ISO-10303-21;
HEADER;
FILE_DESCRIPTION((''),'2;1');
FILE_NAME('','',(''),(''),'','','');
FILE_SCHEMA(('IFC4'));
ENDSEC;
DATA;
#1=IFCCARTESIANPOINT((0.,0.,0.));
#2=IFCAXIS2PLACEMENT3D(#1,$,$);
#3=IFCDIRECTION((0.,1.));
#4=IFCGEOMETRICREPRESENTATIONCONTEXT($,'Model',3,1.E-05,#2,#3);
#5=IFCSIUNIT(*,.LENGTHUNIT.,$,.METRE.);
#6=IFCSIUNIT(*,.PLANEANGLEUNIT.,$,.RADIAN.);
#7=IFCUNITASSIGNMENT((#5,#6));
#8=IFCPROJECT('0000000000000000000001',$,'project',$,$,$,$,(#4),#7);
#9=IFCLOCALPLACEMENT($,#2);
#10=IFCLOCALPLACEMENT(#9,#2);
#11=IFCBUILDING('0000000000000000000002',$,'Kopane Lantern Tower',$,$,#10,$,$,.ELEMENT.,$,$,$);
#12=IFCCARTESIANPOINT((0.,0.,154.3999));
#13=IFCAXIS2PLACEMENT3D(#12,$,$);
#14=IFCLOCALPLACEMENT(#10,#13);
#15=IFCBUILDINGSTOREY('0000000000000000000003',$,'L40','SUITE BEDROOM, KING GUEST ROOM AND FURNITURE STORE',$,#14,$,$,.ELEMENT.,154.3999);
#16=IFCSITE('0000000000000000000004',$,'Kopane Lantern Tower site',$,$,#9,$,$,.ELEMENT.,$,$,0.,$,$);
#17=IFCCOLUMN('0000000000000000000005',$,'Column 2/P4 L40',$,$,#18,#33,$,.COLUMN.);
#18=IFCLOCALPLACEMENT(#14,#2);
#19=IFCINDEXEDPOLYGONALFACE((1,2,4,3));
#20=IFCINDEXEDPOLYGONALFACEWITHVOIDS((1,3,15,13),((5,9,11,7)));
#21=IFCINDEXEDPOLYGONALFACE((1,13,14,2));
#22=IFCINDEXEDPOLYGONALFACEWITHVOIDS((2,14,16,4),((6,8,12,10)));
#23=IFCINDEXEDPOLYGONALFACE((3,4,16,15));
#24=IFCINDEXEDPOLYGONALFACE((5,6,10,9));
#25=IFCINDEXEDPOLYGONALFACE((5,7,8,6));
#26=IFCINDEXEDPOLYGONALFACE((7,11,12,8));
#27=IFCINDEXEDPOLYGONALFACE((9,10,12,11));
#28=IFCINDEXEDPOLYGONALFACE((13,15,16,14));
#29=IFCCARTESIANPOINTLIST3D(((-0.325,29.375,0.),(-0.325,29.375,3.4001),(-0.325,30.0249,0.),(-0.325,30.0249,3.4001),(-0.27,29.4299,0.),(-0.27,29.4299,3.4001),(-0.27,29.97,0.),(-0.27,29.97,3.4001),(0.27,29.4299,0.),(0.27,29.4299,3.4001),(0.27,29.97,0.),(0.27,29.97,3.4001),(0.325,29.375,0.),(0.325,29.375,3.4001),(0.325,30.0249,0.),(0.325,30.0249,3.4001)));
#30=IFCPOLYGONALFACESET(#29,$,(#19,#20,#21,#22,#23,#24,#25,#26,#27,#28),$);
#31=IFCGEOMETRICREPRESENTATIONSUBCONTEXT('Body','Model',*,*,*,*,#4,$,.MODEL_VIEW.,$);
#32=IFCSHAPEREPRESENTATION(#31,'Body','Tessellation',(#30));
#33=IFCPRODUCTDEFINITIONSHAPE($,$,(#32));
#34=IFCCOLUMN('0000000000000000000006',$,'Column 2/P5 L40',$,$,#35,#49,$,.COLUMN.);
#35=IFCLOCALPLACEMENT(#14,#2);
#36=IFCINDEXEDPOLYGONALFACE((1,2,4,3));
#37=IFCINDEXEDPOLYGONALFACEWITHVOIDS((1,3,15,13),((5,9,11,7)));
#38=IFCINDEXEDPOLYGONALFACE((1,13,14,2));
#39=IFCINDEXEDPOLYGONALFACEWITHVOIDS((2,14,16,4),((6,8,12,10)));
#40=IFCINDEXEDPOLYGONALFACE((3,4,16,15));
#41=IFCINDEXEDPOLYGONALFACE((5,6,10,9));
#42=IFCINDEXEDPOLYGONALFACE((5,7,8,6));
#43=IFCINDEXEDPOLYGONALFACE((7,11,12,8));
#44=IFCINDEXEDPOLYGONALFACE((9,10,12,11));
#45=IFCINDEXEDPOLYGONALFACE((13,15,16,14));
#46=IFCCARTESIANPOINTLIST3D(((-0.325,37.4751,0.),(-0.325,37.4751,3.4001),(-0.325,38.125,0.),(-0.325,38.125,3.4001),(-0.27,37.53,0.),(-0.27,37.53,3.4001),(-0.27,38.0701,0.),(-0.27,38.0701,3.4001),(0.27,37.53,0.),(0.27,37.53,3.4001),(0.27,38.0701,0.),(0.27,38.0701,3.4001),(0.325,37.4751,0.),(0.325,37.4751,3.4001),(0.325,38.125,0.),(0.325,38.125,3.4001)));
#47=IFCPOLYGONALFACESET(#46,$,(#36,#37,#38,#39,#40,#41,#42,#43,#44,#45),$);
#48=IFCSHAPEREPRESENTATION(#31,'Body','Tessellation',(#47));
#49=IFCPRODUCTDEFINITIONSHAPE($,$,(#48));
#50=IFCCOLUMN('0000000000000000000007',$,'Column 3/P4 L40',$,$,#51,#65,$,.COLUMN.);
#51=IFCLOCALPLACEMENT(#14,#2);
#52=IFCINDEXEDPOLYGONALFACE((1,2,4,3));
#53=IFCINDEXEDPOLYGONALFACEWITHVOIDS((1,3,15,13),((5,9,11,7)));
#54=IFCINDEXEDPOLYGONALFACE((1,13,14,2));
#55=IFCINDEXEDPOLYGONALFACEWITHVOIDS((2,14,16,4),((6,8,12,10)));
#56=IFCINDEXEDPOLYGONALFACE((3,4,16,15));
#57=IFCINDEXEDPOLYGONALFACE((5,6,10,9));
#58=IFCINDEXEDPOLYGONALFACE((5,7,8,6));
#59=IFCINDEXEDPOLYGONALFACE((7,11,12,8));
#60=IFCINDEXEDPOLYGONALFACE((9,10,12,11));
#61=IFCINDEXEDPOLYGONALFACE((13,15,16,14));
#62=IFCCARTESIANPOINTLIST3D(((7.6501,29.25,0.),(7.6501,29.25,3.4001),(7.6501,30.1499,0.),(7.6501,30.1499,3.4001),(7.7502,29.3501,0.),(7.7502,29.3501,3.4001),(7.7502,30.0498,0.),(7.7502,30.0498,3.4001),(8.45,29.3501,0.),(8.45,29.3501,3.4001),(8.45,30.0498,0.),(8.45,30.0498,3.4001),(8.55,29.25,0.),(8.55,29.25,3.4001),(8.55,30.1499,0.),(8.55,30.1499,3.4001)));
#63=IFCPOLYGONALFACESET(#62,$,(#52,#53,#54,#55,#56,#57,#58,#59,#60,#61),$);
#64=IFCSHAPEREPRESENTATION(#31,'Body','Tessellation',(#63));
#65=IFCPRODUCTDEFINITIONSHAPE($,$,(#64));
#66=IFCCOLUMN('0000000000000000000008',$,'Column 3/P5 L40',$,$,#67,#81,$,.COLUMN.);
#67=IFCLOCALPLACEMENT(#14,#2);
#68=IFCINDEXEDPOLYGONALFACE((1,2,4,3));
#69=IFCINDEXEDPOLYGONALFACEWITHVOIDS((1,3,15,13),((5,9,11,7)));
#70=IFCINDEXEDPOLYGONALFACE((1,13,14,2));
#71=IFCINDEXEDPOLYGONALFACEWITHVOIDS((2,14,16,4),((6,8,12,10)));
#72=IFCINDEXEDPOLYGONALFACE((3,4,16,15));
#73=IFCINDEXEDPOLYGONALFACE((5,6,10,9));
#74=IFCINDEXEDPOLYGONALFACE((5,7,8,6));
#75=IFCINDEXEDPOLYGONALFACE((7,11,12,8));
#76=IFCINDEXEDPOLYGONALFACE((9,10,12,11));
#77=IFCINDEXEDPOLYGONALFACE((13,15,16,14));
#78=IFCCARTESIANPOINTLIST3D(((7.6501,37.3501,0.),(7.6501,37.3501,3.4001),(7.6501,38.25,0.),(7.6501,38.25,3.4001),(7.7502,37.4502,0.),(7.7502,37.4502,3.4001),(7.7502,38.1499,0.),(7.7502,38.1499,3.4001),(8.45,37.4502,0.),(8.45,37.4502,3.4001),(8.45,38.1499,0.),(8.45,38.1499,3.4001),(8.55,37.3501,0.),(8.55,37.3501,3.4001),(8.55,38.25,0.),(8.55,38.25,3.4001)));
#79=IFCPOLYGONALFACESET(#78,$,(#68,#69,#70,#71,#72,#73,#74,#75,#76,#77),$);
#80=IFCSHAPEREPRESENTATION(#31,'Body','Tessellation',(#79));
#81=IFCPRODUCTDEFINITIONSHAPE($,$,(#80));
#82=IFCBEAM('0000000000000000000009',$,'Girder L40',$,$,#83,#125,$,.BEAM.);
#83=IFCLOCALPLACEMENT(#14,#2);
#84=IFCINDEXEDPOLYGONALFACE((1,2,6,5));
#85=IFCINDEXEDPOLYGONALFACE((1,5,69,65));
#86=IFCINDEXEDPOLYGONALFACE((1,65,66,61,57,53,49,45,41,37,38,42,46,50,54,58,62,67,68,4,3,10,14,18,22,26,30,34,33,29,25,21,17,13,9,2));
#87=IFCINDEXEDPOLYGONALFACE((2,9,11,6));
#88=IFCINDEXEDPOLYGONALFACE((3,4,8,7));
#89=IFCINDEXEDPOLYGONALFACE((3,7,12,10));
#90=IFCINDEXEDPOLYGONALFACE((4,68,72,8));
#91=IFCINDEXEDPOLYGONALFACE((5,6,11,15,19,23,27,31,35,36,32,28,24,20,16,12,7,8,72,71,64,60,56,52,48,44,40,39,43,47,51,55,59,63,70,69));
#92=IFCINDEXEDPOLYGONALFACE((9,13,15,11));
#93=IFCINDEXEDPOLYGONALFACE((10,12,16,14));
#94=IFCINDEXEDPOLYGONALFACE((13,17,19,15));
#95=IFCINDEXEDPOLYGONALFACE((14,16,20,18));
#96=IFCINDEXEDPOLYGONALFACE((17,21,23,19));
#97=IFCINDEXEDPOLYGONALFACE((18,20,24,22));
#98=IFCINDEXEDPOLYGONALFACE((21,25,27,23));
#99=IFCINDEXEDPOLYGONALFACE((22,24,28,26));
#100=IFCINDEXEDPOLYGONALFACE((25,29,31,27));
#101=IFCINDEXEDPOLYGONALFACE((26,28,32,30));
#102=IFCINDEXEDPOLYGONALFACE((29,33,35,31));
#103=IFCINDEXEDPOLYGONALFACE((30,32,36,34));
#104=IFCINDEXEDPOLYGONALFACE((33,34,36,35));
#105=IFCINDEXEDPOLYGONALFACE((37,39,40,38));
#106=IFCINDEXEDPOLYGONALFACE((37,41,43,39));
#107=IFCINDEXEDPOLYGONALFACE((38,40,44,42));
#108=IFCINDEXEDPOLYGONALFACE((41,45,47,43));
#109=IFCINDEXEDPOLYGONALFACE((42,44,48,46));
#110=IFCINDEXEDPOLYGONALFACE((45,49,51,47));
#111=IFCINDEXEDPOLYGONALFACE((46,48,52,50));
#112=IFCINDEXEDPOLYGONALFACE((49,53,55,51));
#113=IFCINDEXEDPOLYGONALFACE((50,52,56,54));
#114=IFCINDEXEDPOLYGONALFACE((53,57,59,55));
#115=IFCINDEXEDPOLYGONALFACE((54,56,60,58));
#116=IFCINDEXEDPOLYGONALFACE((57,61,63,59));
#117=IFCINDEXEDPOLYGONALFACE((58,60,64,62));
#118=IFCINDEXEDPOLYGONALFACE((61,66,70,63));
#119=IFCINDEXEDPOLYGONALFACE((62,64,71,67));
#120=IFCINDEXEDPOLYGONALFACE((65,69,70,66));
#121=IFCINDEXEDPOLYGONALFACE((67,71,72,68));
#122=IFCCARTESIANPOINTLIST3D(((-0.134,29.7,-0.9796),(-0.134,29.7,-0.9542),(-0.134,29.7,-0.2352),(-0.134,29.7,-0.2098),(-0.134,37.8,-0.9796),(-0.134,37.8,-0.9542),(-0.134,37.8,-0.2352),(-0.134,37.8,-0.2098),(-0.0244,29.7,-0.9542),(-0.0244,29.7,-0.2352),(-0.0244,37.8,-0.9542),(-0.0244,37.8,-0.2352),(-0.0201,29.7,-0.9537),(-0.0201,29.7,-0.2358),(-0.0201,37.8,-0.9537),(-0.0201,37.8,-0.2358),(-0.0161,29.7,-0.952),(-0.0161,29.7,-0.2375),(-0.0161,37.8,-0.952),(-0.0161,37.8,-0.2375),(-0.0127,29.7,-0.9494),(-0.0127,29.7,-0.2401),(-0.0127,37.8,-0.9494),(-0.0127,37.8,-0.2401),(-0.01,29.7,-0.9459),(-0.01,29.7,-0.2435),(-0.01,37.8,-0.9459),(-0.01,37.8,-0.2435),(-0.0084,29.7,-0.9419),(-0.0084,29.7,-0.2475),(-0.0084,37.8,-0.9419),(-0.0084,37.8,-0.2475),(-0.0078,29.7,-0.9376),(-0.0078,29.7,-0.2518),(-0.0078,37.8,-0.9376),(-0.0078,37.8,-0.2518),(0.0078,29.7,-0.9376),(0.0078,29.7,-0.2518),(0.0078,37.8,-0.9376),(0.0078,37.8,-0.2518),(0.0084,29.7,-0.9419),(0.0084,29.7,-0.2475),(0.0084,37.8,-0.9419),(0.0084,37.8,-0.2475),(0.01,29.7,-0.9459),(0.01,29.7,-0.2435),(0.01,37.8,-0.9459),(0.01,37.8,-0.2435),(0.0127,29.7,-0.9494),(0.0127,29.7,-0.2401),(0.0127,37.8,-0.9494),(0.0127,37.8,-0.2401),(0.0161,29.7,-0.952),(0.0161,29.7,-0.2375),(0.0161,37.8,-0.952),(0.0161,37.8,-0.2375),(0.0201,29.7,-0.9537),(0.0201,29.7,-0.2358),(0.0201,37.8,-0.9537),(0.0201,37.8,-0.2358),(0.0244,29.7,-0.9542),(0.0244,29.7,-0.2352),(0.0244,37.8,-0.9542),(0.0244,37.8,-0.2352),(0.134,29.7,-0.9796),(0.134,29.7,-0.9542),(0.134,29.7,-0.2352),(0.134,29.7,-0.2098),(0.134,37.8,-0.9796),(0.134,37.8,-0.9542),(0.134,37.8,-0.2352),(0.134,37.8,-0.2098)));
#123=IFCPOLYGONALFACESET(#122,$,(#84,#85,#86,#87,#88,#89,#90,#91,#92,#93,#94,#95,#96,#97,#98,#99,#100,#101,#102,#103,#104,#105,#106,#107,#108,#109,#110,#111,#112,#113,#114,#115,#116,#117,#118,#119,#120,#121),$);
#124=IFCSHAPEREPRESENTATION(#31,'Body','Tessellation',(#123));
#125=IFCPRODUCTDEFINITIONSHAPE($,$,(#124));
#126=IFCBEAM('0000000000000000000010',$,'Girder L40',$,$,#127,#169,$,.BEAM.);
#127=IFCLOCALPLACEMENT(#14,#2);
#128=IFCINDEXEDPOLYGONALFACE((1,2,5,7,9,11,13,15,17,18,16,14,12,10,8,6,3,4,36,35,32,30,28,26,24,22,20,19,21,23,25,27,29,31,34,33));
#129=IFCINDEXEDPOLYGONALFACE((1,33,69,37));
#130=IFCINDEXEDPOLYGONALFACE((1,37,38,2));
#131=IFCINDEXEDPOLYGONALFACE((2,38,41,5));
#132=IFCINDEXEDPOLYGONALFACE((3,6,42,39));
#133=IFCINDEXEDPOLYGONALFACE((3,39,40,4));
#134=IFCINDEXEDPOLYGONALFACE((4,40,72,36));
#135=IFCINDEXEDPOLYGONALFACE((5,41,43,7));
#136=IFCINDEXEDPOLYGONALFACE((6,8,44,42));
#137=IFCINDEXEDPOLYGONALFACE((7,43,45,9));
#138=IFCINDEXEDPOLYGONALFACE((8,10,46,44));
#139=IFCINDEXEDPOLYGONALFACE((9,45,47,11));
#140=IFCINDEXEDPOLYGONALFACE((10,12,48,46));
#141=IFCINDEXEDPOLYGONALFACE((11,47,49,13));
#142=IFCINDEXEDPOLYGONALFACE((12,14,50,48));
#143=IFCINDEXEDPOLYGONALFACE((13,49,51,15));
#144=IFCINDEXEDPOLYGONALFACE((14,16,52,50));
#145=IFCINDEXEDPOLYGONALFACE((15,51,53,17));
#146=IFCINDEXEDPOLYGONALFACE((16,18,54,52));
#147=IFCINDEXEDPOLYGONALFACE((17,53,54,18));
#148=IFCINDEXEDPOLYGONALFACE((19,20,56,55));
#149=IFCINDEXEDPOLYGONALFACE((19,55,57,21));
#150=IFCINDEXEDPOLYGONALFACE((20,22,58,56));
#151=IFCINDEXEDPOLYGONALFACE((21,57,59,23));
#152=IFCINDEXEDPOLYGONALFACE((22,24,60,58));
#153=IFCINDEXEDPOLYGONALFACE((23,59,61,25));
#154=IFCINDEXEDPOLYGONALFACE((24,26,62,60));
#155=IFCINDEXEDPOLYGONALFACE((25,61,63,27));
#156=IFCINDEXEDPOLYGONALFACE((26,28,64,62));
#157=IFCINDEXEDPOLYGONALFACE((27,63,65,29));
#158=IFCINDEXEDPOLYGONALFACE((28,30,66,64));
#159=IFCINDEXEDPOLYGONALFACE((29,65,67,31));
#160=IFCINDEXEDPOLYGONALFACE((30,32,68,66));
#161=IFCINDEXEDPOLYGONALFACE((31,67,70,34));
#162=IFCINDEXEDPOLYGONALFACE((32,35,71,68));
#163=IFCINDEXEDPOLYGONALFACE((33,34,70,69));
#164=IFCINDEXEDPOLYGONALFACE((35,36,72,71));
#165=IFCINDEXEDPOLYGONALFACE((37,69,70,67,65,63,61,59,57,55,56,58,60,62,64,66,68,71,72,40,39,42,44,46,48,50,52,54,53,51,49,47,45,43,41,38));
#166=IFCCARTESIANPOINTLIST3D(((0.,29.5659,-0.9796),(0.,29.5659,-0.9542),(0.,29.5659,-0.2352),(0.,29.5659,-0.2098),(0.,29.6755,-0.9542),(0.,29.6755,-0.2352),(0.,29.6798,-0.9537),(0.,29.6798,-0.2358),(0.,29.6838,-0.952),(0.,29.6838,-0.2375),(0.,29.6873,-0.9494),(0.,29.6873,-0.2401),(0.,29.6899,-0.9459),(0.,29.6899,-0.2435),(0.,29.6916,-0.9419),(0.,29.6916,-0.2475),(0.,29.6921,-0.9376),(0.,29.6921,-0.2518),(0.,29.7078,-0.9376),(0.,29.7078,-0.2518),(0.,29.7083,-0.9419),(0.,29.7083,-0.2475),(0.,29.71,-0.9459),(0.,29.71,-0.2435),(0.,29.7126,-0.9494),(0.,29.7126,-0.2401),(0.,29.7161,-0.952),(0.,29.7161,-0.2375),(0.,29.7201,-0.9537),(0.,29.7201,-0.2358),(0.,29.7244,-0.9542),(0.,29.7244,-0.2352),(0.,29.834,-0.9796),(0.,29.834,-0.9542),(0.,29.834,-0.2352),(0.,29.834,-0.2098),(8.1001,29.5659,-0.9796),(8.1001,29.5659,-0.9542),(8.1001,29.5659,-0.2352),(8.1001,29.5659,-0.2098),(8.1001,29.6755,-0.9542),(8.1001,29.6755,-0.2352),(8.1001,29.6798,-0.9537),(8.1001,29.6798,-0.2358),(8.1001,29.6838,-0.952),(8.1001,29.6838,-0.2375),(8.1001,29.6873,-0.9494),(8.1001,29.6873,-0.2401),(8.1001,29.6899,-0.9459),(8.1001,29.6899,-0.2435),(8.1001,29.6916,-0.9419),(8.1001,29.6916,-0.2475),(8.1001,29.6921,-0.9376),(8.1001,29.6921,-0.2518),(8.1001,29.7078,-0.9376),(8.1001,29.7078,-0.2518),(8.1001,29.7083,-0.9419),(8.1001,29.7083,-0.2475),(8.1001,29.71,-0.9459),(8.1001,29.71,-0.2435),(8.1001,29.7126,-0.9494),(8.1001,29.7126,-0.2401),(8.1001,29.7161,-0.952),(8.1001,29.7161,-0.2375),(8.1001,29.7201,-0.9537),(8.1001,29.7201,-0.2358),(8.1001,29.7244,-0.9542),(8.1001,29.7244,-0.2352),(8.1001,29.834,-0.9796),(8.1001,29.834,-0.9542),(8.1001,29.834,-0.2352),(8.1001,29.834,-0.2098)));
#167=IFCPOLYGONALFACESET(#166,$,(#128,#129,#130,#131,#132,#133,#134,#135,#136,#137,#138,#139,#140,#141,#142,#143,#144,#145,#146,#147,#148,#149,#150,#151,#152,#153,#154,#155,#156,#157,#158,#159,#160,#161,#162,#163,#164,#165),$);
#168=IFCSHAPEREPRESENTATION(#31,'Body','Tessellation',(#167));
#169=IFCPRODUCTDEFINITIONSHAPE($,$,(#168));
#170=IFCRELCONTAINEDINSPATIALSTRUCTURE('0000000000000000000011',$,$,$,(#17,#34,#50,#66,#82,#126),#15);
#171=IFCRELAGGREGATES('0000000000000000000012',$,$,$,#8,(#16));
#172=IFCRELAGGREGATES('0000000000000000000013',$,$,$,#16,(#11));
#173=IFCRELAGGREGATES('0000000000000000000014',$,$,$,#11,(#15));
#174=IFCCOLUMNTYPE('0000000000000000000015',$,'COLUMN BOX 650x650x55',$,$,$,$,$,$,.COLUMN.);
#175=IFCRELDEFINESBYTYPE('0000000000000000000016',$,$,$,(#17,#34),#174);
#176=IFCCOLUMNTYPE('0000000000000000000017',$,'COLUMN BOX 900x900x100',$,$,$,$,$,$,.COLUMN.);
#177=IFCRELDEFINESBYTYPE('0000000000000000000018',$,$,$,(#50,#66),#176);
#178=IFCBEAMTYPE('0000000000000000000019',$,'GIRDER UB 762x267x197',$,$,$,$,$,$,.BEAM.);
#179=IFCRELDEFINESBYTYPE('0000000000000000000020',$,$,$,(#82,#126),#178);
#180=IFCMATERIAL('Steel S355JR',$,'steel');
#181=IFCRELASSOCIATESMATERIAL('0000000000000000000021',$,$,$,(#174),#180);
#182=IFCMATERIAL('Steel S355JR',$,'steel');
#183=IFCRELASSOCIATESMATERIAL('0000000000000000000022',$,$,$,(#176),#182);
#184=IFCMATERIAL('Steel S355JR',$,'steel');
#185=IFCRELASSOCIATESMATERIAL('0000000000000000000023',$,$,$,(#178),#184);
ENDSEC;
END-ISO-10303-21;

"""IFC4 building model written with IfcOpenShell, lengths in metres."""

from ifc_helpers import new_model, si_unit, direction, frame, origin, origin_2d, place, context, subcontext, project, spatial, hollow_rectangle, i_section, extrude, material, material_profile, profile_set, type_object, element, save


model = new_model("IFC4")

# Units and contexts
model_context = context("Model", 3, precision=1e-05, world=origin(), true_north=direction((0.0, 1.0)))
body_context = subcontext(model_context, "Body", "Model", "MODEL_VIEW")
ifc_project = project(units=[si_unit("LENGTHUNIT", "METRE"), si_unit("PLANEANGLEUNIT", "RADIAN")], contexts=[model_context])

# Site, building, storey
site_placement = place(None, origin())
site = spatial("IfcSite", under=ifc_project, at=site_placement, Name="Kopane Lantern Tower site", CompositionType="ELEMENT", RefElevation=0.0)
building_placement = place(site_placement, origin())
building = spatial("IfcBuilding", under=site, at=building_placement, Name="Kopane Lantern Tower", CompositionType="ELEMENT")
storey_placement = place(building_placement, frame((0.0, 0.0, 154.3999)))
storey = spatial("IfcBuildingStorey", under=building, at=storey_placement, Name="L40", Description="SUITE BEDROOM, KING GUEST ROOM AND FURNITURE STORE", CompositionType="ELEMENT", Elevation=154.3999)

# Columns
ifc_material_1 = material(Name="Steel S355JR", Category="steel")
ifc_material_profile_1 = material_profile(ifc_material_1, hollow_rectangle(XDim=0.6499, YDim=0.6499, WallThickness=0.0549, at=origin_2d()), Name="BOX 650x650x55")
ifc_profile_set_1 = profile_set([ifc_material_profile_1], Name="Steel S355JR")
column_type_1 = type_object("IfcColumnType", Name="COLUMN BOX 650x650x55", PredefinedType="COLUMN", material=ifc_profile_set_1)
for number, where, z_axis, x_axis, name in (
    (1, (0.0, 29.7, 0.0), (0.0, 0.0, 1.0), (1.0, 0.0, 0.0), "Column 2/P4 L40"),
    (2, (0.0, 37.8, 0.0), (0.0, 0.0, 1.0), (1.0, 0.0, 0.0), "Column 2/P5 L40"),
):
    element("IfcColumn", number, at=place(storey_placement, frame(where, z_axis=z_axis, x_axis=x_axis)), inside=storey, type_object=column_type_1, Name=name, PredefinedType="COLUMN", context=body_context, shape_type="SweptSolid", body=[
        extrude(hollow_rectangle(XDim=0.6499, YDim=0.6499, WallThickness=0.0549, at=origin_2d()), origin(), (0.0, 0.0, 1.0), 3.4001),
    ])
ifc_material_2 = material(Name="Steel S355JR", Category="steel")
ifc_material_profile_2 = material_profile(ifc_material_2, hollow_rectangle(XDim=0.8999, YDim=0.8999, WallThickness=0.1001, at=origin_2d()), Name="BOX 900x900x100")
ifc_profile_set_2 = profile_set([ifc_material_profile_2], Name="Steel S355JR")
column_type_2 = type_object("IfcColumnType", Name="COLUMN BOX 900x900x100", PredefinedType="COLUMN", material=ifc_profile_set_2)
for number, where, z_axis, x_axis, name in (
    (3, (8.1001, 29.7, 0.0), (0.0, 0.0, 1.0), (1.0, 0.0, 0.0), "Column 3/P4 L40"),
    (4, (8.1001, 37.8, 0.0), (0.0, 0.0, 1.0), (1.0, 0.0, 0.0), "Column 3/P5 L40"),
):
    element("IfcColumn", number, at=place(storey_placement, frame(where, z_axis=z_axis, x_axis=x_axis)), inside=storey, type_object=column_type_2, Name=name, PredefinedType="COLUMN", context=body_context, shape_type="SweptSolid", body=[
        extrude(hollow_rectangle(XDim=0.8999, YDim=0.8999, WallThickness=0.1001, at=origin_2d()), origin(), (0.0, 0.0, 1.0), 3.4001),
    ])

# Beams
ifc_material_3 = material(Name="Steel S355JR", Category="steel")
ifc_material_profile_3 = material_profile(ifc_material_3, i_section(OverallWidth=0.2681, OverallDepth=0.7698, WebThickness=0.0156, FlangeThickness=0.0254, FilletRadius=0.0166, at=origin_2d()), Name="UB 762x267x197")
ifc_profile_set_3 = profile_set([ifc_material_profile_3], Name="Steel S355JR")
beam_type = type_object("IfcBeamType", Name="GIRDER UB 762x267x197", PredefinedType="BEAM", material=ifc_profile_set_3)
for number, where, z_axis, x_axis, name in (
    (5, (0.0, 29.7, -0.5947), (0.0, 1.0, 0.0), (-1.0, 0.0, 0.0), "Girder L40"),
    (6, (0.0, 29.7, -0.5947), (1.0, 0.0, 0.0), (0.0, 1.0, 0.0), "Girder L40"),
):
    element("IfcBeam", number, at=place(storey_placement, frame(where, z_axis=z_axis, x_axis=x_axis)), inside=storey, type_object=beam_type, Name=name, PredefinedType="BEAM", context=body_context, shape_type="SweptSolid", body=[
        extrude(i_section(OverallWidth=0.2681, OverallDepth=0.7698, WebThickness=0.0156, FlangeThickness=0.0254, FilletRadius=0.0166, at=origin_2d()), origin(), (0.0, 0.0, 1.0), 8.1001),
    ])

save(model, "model.ifc")
